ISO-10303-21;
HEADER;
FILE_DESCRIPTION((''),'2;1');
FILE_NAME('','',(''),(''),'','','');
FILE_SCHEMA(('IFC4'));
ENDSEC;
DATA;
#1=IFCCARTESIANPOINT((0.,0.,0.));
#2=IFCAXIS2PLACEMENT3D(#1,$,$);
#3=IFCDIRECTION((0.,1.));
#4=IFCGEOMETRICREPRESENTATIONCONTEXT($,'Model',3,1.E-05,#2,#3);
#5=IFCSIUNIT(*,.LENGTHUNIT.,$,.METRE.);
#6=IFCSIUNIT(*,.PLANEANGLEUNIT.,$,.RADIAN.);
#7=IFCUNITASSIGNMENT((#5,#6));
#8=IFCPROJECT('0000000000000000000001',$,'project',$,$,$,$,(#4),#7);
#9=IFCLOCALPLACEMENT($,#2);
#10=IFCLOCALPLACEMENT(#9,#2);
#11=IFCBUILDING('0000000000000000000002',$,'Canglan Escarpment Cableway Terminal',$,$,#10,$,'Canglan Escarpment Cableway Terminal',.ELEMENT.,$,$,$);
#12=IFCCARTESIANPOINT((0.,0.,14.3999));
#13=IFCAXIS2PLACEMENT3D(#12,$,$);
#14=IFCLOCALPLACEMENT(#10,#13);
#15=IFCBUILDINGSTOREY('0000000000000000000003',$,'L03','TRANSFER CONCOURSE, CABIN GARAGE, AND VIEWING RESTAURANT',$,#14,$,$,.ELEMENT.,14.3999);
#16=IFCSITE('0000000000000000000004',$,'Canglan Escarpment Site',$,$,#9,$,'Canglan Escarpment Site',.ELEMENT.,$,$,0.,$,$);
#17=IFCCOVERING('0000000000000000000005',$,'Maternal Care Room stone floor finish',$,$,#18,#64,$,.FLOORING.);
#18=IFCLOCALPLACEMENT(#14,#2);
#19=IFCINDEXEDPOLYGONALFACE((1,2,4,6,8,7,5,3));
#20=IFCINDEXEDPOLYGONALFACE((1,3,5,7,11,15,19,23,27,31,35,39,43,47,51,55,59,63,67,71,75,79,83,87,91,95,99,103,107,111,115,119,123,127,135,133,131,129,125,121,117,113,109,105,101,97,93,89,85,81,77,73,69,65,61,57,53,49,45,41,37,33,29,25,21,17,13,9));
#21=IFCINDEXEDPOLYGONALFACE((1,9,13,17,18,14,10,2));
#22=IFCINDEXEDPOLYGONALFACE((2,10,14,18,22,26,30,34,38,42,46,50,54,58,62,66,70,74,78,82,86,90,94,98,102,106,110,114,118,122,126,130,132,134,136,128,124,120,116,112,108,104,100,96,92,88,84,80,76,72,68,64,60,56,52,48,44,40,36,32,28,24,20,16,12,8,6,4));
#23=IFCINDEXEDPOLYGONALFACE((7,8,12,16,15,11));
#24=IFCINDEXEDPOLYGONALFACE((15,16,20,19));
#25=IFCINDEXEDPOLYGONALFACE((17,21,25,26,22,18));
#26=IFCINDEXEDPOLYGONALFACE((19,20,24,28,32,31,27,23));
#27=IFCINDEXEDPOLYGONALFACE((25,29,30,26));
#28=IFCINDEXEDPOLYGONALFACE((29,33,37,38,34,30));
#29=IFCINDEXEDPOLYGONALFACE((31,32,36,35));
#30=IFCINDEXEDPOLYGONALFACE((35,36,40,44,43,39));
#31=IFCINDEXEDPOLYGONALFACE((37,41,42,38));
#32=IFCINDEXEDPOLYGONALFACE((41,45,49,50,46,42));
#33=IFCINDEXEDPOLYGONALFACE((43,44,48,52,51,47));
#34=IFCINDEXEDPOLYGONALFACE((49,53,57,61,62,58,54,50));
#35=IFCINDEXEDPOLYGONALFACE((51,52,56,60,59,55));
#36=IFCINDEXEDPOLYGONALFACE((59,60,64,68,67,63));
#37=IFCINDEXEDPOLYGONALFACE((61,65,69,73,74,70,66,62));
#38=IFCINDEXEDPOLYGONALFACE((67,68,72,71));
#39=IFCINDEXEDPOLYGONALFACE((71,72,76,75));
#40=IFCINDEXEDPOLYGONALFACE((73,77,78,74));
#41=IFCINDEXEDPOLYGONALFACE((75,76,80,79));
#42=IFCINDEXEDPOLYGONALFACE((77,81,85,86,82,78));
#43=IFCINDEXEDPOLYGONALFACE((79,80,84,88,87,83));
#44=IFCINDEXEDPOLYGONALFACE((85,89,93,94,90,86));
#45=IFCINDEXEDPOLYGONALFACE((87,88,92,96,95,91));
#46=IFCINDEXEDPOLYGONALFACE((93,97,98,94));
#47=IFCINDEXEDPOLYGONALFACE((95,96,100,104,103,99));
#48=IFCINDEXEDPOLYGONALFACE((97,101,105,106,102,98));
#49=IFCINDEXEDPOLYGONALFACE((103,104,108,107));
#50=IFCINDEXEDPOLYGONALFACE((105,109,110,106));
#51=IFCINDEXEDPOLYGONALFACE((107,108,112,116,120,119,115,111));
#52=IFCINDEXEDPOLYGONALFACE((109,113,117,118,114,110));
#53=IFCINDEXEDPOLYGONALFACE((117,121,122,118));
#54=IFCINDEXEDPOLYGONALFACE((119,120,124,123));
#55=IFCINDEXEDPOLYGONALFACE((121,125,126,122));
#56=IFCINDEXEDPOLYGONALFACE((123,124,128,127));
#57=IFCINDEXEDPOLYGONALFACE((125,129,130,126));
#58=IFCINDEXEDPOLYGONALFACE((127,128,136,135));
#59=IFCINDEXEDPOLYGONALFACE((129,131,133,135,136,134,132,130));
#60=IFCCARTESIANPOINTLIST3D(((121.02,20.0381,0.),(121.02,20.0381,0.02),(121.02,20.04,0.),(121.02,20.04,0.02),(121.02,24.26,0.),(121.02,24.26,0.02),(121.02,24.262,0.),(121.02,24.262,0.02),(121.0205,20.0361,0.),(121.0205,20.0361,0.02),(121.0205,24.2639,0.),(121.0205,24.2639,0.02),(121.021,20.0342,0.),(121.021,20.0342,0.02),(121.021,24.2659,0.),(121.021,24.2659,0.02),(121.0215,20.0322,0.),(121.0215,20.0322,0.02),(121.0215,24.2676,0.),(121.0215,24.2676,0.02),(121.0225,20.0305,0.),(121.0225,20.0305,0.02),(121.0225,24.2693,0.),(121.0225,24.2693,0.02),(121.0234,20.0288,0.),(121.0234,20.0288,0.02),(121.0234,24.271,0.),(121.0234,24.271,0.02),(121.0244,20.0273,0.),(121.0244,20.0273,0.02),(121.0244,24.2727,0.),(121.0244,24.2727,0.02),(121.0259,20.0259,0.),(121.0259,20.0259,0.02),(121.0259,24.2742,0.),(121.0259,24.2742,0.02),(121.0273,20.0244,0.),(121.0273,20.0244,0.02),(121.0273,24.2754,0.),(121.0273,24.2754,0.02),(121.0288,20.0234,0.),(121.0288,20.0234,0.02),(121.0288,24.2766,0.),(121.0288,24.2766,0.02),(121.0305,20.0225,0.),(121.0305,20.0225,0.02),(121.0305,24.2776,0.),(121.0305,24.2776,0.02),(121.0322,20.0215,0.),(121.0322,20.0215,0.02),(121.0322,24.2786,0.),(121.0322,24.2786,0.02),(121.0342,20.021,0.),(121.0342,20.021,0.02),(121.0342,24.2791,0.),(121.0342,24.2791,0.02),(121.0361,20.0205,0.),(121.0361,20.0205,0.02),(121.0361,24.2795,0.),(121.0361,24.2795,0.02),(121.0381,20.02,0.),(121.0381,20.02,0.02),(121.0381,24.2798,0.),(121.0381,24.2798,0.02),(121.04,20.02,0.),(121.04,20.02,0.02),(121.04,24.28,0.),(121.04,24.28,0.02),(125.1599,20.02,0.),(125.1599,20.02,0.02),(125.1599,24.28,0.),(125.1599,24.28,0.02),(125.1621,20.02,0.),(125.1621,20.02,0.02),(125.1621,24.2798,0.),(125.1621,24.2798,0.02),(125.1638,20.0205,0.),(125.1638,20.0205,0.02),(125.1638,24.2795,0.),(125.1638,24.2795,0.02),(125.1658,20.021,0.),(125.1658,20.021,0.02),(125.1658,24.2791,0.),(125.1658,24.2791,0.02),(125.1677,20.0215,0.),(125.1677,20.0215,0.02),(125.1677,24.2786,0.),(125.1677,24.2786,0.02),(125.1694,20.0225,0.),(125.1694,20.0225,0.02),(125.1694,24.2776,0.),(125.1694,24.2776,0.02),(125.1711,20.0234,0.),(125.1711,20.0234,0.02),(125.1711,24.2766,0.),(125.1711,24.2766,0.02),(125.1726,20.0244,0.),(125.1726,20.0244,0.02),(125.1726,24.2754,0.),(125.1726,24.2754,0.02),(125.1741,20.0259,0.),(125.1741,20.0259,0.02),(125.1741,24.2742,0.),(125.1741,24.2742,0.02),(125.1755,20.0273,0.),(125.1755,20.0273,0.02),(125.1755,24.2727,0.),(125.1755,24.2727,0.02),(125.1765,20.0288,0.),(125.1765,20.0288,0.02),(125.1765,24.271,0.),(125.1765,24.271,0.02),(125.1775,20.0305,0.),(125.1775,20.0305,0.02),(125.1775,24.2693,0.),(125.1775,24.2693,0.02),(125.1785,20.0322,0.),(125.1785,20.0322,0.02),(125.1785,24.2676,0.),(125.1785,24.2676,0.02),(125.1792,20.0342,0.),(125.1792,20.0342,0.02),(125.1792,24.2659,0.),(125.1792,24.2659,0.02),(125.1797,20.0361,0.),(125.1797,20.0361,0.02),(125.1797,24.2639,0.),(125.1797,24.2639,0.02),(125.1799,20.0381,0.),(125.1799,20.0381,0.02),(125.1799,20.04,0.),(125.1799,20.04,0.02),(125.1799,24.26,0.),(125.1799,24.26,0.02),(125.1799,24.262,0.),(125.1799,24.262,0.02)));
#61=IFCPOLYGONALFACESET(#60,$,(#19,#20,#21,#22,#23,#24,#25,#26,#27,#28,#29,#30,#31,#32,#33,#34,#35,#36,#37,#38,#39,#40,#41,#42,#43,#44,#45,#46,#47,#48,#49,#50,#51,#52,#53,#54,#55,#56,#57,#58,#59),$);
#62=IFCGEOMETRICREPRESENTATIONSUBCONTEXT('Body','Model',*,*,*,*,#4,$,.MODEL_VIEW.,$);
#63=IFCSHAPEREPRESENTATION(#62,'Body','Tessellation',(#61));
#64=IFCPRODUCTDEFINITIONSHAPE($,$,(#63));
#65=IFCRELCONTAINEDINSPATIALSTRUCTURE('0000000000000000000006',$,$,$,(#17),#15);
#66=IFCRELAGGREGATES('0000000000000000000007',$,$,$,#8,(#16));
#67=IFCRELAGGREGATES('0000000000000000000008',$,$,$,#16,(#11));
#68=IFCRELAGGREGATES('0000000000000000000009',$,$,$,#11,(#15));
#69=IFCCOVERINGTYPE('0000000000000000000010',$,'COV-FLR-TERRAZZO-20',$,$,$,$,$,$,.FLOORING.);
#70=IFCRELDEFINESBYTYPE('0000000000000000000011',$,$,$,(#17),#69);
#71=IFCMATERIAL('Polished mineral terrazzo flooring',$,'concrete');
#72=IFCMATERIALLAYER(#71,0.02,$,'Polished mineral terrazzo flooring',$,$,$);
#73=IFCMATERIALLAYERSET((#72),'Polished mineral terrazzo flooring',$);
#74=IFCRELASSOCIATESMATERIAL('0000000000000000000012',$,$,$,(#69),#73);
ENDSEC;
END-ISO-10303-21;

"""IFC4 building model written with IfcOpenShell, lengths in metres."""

from ifc_helpers import new_model, si_unit, direction, frame, origin, place, context, subcontext, project, spatial, polyline, outline, extrude, material, layer, layer_set, type_object, element, save


model = new_model("IFC4")

# Units and contexts
model_context = context("Model", 3, precision=1e-05, world=origin(), true_north=direction((0.0, 1.0)))
body_context = subcontext(model_context, "Body", "Model", "MODEL_VIEW")
ifc_project = project(units=[si_unit("LENGTHUNIT", "METRE"), si_unit("PLANEANGLEUNIT", "RADIAN")], contexts=[model_context])

# Site, building, storey
site_placement = place(None, origin())
site = spatial("IfcSite", under=ifc_project, at=site_placement, Name="Canglan Escarpment Site", LongName="Canglan Escarpment Site", CompositionType="ELEMENT", RefElevation=0.0)
building_placement = place(site_placement, origin())
building = spatial("IfcBuilding", under=site, at=building_placement, Name="Canglan Escarpment Cableway Terminal", LongName="Canglan Escarpment Cableway Terminal", CompositionType="ELEMENT")
storey_placement = place(building_placement, frame((0.0, 0.0, 14.3999)))
storey = spatial("IfcBuildingStorey", under=building, at=storey_placement, Name="L03", Description="TRANSFER CONCOURSE, CABIN GARAGE, AND VIEWING RESTAURANT", CompositionType="ELEMENT", Elevation=14.3999)

# Covering
ifc_material_1 = material(Name="Polished mineral terrazzo flooring", Category="concrete")
ifc_layer_1 = layer(ifc_material_1, 0.02, Name="Polished mineral terrazzo flooring")
ifc_layer_set_1 = layer_set([ifc_layer_1], Name="Polished mineral terrazzo flooring")
covering_type_1 = type_object("IfcCoveringType", Name="COV-FLR-TERRAZZO-20", PredefinedType="FLOORING", material=ifc_layer_set_1)
covering_1_placement = place(storey_placement, origin())
element("IfcCovering", 1, at=covering_1_placement, inside=storey, type_object=covering_type_1, Name="Maternal Care Room stone floor finish", PredefinedType="FLOORING", context=body_context, shape_type="SweptSolid", body=[
    extrude(outline(polyline([(121.02, 24.26), (121.02, 24.262), (121.0205, 24.2639), (121.021, 24.2659), (121.0215, 24.2676), (121.0225, 24.2693), (121.0234, 24.271), (121.0244, 24.2727), (121.0259, 24.2742), (121.0273, 24.2754), (121.0288, 24.2766), (121.0305, 24.2776), (121.0322, 24.2786), (121.0342, 24.2791), (121.0361, 24.2795), (121.0381, 24.2798), (121.04, 24.28), (125.1599, 24.28), (125.1621, 24.2798), (125.1638, 24.2795), (125.1658, 24.2791), (125.1677, 24.2786), (125.1694, 24.2776), (125.1711, 24.2766), (125.1726, 24.2754), (125.1741, 24.2742), (125.1755, 24.2727), (125.1765, 24.271), (125.1775, 24.2693), (125.1785, 24.2676), (125.1792, 24.2659), (125.1797, 24.2639), (125.1799, 24.262), (125.1799, 24.26), (125.1799, 20.04), (125.1799, 20.0381), (125.1797, 20.0361), (125.1792, 20.0342), (125.1785, 20.0322), (125.1775, 20.0305), (125.1765, 20.0288), (125.1755, 20.0273), (125.1741, 20.0259), (125.1726, 20.0244), (125.1711, 20.0234), (125.1694, 20.0225), (125.1677, 20.0215), (125.1658, 20.021), (125.1638, 20.0205), (125.1621, 20.02), (125.1599, 20.02), (121.04, 20.02), (121.0381, 20.02), (121.0361, 20.0205), (121.0342, 20.021), (121.0322, 20.0215), (121.0305, 20.0225), (121.0288, 20.0234), (121.0273, 20.0244), (121.0259, 20.0259), (121.0244, 20.0273), (121.0234, 20.0288), (121.0225, 20.0305), (121.0215, 20.0322), (121.021, 20.0342), (121.0205, 20.0361), (121.02, 20.0381), (121.02, 20.04), (121.02, 24.26)])), origin(), (0.0, 0.0, 1.0), 0.02),
])

save(model, "model.ifc")
